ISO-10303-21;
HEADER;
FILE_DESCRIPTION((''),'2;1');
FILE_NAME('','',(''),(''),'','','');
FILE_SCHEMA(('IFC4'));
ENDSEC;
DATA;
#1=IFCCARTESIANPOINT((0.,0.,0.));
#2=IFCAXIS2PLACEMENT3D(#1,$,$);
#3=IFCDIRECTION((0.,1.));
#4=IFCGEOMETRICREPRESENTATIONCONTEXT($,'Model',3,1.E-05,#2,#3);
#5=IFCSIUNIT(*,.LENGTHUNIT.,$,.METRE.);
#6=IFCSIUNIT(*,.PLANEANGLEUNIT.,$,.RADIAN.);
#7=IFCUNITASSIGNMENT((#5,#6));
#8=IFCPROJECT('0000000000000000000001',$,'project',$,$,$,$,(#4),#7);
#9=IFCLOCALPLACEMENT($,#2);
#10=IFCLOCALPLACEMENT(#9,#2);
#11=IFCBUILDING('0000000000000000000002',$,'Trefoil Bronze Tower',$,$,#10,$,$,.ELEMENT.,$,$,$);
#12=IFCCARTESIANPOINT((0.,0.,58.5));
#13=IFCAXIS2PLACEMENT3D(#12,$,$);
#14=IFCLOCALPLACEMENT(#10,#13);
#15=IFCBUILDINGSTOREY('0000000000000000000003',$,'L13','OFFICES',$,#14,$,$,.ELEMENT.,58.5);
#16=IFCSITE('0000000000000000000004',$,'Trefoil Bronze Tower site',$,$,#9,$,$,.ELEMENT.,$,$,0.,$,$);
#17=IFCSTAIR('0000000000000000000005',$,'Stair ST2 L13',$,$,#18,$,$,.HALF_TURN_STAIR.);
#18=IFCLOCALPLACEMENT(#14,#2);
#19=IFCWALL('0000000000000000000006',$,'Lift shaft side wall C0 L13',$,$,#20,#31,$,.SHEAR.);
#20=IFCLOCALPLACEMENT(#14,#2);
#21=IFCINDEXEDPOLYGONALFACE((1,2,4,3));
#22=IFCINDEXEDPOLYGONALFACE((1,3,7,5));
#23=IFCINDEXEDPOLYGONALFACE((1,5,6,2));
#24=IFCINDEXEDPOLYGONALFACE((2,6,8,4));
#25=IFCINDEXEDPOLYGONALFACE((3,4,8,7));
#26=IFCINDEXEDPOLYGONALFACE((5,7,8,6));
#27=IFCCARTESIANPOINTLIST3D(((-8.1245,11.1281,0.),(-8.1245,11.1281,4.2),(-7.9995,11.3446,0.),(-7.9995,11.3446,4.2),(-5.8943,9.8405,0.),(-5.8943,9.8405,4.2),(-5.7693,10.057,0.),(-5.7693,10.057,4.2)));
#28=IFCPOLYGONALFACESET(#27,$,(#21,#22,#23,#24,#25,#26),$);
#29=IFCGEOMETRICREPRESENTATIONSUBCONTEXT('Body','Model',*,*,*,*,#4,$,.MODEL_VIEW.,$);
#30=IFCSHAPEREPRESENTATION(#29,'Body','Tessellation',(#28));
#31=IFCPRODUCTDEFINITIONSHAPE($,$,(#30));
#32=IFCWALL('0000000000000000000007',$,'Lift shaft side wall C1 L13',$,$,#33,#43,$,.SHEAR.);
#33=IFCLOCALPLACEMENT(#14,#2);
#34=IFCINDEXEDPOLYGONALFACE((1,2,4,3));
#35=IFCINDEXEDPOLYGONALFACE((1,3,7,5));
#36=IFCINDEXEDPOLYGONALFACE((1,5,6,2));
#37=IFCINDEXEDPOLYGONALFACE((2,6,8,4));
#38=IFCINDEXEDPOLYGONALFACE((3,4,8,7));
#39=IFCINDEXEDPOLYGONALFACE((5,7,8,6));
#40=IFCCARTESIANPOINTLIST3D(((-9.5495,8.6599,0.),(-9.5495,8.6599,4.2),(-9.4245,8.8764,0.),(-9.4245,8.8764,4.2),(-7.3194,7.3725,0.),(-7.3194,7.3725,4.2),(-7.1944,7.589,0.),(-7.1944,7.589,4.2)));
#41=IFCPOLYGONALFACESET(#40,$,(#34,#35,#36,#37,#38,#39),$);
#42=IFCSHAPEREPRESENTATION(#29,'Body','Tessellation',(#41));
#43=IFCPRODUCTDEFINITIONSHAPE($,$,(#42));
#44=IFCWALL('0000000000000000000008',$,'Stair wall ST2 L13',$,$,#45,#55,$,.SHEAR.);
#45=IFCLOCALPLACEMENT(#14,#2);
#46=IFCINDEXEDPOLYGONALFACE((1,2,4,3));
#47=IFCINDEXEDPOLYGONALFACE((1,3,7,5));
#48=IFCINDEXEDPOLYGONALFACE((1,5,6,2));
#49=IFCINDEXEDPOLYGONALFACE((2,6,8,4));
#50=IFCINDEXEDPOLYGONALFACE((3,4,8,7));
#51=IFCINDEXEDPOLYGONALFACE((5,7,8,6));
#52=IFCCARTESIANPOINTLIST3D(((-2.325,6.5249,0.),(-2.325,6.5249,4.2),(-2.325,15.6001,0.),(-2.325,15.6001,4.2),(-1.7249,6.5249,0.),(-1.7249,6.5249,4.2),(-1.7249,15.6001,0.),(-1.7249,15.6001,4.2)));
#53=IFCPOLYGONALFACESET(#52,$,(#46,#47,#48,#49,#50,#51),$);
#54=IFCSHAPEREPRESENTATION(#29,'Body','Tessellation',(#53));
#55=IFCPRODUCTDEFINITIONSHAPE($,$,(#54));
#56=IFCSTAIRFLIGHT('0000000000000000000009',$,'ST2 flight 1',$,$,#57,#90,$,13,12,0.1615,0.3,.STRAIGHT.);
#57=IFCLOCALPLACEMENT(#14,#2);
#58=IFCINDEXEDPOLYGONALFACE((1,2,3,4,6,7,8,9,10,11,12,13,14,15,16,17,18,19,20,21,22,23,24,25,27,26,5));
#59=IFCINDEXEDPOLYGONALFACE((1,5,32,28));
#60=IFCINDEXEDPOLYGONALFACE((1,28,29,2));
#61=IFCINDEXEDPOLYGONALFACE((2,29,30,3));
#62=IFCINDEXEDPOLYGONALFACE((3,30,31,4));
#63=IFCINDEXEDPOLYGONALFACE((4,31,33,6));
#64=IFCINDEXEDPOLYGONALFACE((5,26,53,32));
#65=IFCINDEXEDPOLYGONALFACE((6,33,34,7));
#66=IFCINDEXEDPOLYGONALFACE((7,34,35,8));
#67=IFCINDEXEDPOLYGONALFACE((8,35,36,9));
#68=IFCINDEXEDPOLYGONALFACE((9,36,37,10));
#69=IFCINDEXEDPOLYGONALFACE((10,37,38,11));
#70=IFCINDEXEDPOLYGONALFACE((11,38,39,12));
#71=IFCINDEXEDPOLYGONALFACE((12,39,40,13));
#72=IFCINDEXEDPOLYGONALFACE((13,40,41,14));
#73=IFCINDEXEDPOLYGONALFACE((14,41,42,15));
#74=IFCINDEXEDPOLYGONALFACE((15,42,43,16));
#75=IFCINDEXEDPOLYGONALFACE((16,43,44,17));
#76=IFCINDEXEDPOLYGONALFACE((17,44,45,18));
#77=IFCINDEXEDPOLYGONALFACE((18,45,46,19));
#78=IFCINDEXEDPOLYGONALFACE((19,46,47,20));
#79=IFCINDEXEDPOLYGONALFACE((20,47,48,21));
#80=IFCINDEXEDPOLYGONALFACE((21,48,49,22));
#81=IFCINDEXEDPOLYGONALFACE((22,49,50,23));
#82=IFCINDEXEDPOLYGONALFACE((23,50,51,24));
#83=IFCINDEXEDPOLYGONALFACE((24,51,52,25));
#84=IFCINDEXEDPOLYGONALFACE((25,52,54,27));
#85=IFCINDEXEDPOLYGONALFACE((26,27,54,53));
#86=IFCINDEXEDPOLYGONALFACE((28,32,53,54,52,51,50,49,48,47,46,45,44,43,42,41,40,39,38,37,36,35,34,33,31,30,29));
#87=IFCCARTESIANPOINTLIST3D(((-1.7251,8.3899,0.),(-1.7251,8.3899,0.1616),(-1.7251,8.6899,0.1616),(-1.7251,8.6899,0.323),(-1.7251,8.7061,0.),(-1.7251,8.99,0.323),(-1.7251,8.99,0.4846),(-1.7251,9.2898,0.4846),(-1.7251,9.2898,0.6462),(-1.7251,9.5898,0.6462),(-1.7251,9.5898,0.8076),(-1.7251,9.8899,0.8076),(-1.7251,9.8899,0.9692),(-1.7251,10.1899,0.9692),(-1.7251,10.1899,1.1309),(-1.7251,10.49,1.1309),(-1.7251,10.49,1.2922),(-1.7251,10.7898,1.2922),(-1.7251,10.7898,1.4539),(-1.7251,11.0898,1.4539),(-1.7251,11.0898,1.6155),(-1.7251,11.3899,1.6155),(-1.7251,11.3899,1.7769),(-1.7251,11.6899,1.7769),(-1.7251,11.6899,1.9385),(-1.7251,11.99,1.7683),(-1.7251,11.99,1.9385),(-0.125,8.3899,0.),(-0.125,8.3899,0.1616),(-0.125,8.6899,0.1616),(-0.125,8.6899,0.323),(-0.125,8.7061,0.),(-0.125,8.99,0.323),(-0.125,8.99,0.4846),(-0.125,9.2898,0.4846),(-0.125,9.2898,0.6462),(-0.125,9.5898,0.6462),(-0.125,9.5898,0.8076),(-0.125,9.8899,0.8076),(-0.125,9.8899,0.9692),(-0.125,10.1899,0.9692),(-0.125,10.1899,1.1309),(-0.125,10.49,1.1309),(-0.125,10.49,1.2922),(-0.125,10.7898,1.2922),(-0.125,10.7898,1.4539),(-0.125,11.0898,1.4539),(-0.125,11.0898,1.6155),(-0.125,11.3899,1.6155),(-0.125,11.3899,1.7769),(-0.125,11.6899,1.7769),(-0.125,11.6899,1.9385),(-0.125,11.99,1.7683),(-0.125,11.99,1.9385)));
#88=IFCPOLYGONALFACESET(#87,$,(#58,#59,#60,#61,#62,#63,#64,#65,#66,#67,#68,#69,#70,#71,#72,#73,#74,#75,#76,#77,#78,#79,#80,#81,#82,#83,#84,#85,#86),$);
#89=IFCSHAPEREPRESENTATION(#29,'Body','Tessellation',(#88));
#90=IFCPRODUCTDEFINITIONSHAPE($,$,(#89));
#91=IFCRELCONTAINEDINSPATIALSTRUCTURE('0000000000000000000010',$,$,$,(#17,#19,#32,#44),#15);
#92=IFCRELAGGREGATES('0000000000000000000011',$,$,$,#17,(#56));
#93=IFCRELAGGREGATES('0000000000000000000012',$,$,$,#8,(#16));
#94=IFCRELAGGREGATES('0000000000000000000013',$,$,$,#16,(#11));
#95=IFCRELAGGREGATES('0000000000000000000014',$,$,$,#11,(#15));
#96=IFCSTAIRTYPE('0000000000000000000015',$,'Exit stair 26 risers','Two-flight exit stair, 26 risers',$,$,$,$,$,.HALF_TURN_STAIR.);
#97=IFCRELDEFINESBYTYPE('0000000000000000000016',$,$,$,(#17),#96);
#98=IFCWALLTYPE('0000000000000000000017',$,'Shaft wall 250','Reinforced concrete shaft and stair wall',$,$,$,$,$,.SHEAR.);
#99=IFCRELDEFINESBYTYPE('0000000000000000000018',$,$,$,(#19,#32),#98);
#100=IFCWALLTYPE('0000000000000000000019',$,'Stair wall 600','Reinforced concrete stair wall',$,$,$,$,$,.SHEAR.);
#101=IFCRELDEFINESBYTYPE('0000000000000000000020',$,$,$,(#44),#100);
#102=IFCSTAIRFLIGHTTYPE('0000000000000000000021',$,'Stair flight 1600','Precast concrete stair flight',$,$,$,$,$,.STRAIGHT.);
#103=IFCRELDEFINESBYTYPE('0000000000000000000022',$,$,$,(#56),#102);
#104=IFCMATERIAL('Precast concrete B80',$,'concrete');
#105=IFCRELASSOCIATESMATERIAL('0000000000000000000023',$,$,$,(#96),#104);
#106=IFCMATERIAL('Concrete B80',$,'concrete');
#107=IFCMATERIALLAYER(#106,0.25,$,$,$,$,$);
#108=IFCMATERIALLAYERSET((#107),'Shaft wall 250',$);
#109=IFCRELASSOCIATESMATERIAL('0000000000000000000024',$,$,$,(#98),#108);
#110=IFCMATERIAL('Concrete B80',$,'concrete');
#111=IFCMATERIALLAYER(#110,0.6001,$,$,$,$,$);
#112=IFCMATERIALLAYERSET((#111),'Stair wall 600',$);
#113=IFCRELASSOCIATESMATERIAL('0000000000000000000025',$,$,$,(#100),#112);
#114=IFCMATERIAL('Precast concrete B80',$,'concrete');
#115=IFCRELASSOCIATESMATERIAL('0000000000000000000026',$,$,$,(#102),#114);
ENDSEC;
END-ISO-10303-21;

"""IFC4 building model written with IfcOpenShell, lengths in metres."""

from ifc_helpers import new_model, si_unit, direction, frame, frame_2d, origin, place, context, subcontext, project, spatial, polyline, rectangle, outline, extrude, material, layer, layer_set, type_object, element, aggregate, save


model = new_model("IFC4")

# Units and contexts
model_context = context("Model", 3, precision=1e-05, world=origin(), true_north=direction((0.0, 1.0)))
body_context = subcontext(model_context, "Body", "Model", "MODEL_VIEW")
ifc_project = project(units=[si_unit("LENGTHUNIT", "METRE"), si_unit("PLANEANGLEUNIT", "RADIAN")], contexts=[model_context])

# Site, building, storey
site_placement = place(None, origin())
site = spatial("IfcSite", under=ifc_project, at=site_placement, Name="Trefoil Bronze Tower site", CompositionType="ELEMENT", RefElevation=0.0)
building_placement = place(site_placement, origin())
building = spatial("IfcBuilding", under=site, at=building_placement, Name="Trefoil Bronze Tower", CompositionType="ELEMENT")
storey_placement = place(building_placement, frame((0.0, 0.0, 58.5)))
storey = spatial("IfcBuildingStorey", under=building, at=storey_placement, Name="L13", Description="OFFICES", CompositionType="ELEMENT", Elevation=58.5)

# Stair
ifc_material_1 = material(Name="Precast concrete B80", Category="concrete")
stair_type = type_object("IfcStairType", Name="Exit stair 26 risers", Description="Two-flight exit stair, 26 risers", PredefinedType="HALF_TURN_STAIR", material=ifc_material_1)
stair_1_placement = place(storey_placement, origin())
stair_1 = element("IfcStair", 1, at=stair_1_placement, inside=storey, type_object=stair_type, Name="Stair ST2 L13", PredefinedType="HALF_TURN_STAIR")

# Shared definitions
ifc_material_2 = material(Name="Concrete B80", Category="concrete")
ifc_layer_1 = layer(ifc_material_2, 0.25)
ifc_layer_set_1 = layer_set([ifc_layer_1], Name="Shaft wall 250")
wall_type_1 = type_object("IfcWallType", Name="Shaft wall 250", Description="Reinforced concrete shaft and stair wall", PredefinedType="SHEAR", material=ifc_layer_set_1)

# Walls
wall_1_placement = place(storey_placement, frame((-5.8318, 9.9487, 0.0), z_axis=(0.0, 0.0, 1.0), x_axis=(-0.866029, 0.499993, 0.0)))
element("IfcWall", 2, at=wall_1_placement, inside=storey, type_object=wall_type_1, Name="Lift shaft side wall C0 L13", PredefinedType="SHEAR", context=body_context, shape_type="SweptSolid", body=[
    extrude(rectangle(XDim=2.5752, YDim=0.25, at=frame_2d((1.2876, 0.0))), origin(), (0.0, 0.0, 1.0), 4.2),
])
wall_2_placement = place(storey_placement, frame((-7.2568, 7.4807, 0.0), z_axis=(0.0, 0.0, 1.0), x_axis=(-0.866047, 0.499963, 0.0)))
element("IfcWall", 3, at=wall_2_placement, inside=storey, type_object=wall_type_1, Name="Lift shaft side wall C1 L13", PredefinedType="SHEAR", context=body_context, shape_type="SweptSolid", body=[
    extrude(rectangle(XDim=2.575, YDim=0.25, at=frame_2d((1.2876, 0.0))), origin(), (0.0, 0.0, 1.0), 4.2),
])
ifc_material_3 = material(Name="Concrete B80", Category="concrete")
ifc_layer_2 = layer(ifc_material_3, 0.6001)
ifc_layer_set_2 = layer_set([ifc_layer_2], Name="Stair wall 600")
wall_type_2 = type_object("IfcWallType", Name="Stair wall 600", Description="Reinforced concrete stair wall", PredefinedType="SHEAR", material=ifc_layer_set_2)
wall_3_placement = place(storey_placement, frame((-2.0249, 6.5249, 0.0), z_axis=(0.0, 0.0, 1.0), x_axis=(0.0, 1.0, 0.0)))
element("IfcWall", 4, at=wall_3_placement, inside=storey, type_object=wall_type_2, Name="Stair wall ST2 L13", PredefinedType="SHEAR", context=body_context, shape_type="SweptSolid", body=[
    extrude(rectangle(XDim=9.0752, YDim=0.6001, at=frame_2d((4.5376, 0.0))), origin(), (0.0, 0.0, 1.0), 4.2),
])

# Stair flight
ifc_material_4 = material(Name="Precast concrete B80", Category="concrete")
stair_flight_type = type_object("IfcStairFlightType", Name="Stair flight 1600", Description="Precast concrete stair flight", PredefinedType="STRAIGHT", material=ifc_material_4)
stair_flight_placement = place(storey_placement, frame((-0.925, 8.3899, 0.0), z_axis=(0.0, 0.0, 1.0), x_axis=(0.0, 1.0, 0.0)))
stair_flight = element("IfcStairFlight", 5, at=stair_flight_placement, type_object=stair_flight_type, Name="ST2 flight 1", NumberOfRisers=13, NumberOfTreads=12, PredefinedType="STRAIGHT", RiserHeight=0.1615, TreadLength=0.3, context=body_context, shape_type="SweptSolid", body=[
    extrude(outline(polyline([(0.0, 0.0), (0.0, 0.1616), (0.3, 0.1616), (0.3, 0.323), (0.6001, 0.323), (0.6001, 0.4846), (0.8999, 0.4846), (0.8999, 0.6462), (1.2, 0.6462), (1.2, 0.8076), (1.5, 0.8076), (1.5, 0.9692), (1.8, 0.9692), (1.8, 1.1309), (2.1001, 1.1309), (2.1001, 1.2922), (2.3999, 1.2922), (2.3999, 1.4539), (2.7, 1.4539), (2.7, 1.6155), (3.0, 1.6155), (3.0, 1.7769), (3.3, 1.7769), (3.3, 1.9385), (3.6001, 1.9385), (3.6001, 2.1001), (3.6001, 1.7683), (0.3162, 0.0), (0.0, 0.0)])), frame((0.0, 0.8, 0.0), z_axis=(0.0, -1.0, 0.0), x_axis=(1.0, 0.0, 0.0)), (0.0, 0.0, 1.0), 1.6001),
])
aggregate(stair_1, [stair_flight])

save(model, "model.ifc")
